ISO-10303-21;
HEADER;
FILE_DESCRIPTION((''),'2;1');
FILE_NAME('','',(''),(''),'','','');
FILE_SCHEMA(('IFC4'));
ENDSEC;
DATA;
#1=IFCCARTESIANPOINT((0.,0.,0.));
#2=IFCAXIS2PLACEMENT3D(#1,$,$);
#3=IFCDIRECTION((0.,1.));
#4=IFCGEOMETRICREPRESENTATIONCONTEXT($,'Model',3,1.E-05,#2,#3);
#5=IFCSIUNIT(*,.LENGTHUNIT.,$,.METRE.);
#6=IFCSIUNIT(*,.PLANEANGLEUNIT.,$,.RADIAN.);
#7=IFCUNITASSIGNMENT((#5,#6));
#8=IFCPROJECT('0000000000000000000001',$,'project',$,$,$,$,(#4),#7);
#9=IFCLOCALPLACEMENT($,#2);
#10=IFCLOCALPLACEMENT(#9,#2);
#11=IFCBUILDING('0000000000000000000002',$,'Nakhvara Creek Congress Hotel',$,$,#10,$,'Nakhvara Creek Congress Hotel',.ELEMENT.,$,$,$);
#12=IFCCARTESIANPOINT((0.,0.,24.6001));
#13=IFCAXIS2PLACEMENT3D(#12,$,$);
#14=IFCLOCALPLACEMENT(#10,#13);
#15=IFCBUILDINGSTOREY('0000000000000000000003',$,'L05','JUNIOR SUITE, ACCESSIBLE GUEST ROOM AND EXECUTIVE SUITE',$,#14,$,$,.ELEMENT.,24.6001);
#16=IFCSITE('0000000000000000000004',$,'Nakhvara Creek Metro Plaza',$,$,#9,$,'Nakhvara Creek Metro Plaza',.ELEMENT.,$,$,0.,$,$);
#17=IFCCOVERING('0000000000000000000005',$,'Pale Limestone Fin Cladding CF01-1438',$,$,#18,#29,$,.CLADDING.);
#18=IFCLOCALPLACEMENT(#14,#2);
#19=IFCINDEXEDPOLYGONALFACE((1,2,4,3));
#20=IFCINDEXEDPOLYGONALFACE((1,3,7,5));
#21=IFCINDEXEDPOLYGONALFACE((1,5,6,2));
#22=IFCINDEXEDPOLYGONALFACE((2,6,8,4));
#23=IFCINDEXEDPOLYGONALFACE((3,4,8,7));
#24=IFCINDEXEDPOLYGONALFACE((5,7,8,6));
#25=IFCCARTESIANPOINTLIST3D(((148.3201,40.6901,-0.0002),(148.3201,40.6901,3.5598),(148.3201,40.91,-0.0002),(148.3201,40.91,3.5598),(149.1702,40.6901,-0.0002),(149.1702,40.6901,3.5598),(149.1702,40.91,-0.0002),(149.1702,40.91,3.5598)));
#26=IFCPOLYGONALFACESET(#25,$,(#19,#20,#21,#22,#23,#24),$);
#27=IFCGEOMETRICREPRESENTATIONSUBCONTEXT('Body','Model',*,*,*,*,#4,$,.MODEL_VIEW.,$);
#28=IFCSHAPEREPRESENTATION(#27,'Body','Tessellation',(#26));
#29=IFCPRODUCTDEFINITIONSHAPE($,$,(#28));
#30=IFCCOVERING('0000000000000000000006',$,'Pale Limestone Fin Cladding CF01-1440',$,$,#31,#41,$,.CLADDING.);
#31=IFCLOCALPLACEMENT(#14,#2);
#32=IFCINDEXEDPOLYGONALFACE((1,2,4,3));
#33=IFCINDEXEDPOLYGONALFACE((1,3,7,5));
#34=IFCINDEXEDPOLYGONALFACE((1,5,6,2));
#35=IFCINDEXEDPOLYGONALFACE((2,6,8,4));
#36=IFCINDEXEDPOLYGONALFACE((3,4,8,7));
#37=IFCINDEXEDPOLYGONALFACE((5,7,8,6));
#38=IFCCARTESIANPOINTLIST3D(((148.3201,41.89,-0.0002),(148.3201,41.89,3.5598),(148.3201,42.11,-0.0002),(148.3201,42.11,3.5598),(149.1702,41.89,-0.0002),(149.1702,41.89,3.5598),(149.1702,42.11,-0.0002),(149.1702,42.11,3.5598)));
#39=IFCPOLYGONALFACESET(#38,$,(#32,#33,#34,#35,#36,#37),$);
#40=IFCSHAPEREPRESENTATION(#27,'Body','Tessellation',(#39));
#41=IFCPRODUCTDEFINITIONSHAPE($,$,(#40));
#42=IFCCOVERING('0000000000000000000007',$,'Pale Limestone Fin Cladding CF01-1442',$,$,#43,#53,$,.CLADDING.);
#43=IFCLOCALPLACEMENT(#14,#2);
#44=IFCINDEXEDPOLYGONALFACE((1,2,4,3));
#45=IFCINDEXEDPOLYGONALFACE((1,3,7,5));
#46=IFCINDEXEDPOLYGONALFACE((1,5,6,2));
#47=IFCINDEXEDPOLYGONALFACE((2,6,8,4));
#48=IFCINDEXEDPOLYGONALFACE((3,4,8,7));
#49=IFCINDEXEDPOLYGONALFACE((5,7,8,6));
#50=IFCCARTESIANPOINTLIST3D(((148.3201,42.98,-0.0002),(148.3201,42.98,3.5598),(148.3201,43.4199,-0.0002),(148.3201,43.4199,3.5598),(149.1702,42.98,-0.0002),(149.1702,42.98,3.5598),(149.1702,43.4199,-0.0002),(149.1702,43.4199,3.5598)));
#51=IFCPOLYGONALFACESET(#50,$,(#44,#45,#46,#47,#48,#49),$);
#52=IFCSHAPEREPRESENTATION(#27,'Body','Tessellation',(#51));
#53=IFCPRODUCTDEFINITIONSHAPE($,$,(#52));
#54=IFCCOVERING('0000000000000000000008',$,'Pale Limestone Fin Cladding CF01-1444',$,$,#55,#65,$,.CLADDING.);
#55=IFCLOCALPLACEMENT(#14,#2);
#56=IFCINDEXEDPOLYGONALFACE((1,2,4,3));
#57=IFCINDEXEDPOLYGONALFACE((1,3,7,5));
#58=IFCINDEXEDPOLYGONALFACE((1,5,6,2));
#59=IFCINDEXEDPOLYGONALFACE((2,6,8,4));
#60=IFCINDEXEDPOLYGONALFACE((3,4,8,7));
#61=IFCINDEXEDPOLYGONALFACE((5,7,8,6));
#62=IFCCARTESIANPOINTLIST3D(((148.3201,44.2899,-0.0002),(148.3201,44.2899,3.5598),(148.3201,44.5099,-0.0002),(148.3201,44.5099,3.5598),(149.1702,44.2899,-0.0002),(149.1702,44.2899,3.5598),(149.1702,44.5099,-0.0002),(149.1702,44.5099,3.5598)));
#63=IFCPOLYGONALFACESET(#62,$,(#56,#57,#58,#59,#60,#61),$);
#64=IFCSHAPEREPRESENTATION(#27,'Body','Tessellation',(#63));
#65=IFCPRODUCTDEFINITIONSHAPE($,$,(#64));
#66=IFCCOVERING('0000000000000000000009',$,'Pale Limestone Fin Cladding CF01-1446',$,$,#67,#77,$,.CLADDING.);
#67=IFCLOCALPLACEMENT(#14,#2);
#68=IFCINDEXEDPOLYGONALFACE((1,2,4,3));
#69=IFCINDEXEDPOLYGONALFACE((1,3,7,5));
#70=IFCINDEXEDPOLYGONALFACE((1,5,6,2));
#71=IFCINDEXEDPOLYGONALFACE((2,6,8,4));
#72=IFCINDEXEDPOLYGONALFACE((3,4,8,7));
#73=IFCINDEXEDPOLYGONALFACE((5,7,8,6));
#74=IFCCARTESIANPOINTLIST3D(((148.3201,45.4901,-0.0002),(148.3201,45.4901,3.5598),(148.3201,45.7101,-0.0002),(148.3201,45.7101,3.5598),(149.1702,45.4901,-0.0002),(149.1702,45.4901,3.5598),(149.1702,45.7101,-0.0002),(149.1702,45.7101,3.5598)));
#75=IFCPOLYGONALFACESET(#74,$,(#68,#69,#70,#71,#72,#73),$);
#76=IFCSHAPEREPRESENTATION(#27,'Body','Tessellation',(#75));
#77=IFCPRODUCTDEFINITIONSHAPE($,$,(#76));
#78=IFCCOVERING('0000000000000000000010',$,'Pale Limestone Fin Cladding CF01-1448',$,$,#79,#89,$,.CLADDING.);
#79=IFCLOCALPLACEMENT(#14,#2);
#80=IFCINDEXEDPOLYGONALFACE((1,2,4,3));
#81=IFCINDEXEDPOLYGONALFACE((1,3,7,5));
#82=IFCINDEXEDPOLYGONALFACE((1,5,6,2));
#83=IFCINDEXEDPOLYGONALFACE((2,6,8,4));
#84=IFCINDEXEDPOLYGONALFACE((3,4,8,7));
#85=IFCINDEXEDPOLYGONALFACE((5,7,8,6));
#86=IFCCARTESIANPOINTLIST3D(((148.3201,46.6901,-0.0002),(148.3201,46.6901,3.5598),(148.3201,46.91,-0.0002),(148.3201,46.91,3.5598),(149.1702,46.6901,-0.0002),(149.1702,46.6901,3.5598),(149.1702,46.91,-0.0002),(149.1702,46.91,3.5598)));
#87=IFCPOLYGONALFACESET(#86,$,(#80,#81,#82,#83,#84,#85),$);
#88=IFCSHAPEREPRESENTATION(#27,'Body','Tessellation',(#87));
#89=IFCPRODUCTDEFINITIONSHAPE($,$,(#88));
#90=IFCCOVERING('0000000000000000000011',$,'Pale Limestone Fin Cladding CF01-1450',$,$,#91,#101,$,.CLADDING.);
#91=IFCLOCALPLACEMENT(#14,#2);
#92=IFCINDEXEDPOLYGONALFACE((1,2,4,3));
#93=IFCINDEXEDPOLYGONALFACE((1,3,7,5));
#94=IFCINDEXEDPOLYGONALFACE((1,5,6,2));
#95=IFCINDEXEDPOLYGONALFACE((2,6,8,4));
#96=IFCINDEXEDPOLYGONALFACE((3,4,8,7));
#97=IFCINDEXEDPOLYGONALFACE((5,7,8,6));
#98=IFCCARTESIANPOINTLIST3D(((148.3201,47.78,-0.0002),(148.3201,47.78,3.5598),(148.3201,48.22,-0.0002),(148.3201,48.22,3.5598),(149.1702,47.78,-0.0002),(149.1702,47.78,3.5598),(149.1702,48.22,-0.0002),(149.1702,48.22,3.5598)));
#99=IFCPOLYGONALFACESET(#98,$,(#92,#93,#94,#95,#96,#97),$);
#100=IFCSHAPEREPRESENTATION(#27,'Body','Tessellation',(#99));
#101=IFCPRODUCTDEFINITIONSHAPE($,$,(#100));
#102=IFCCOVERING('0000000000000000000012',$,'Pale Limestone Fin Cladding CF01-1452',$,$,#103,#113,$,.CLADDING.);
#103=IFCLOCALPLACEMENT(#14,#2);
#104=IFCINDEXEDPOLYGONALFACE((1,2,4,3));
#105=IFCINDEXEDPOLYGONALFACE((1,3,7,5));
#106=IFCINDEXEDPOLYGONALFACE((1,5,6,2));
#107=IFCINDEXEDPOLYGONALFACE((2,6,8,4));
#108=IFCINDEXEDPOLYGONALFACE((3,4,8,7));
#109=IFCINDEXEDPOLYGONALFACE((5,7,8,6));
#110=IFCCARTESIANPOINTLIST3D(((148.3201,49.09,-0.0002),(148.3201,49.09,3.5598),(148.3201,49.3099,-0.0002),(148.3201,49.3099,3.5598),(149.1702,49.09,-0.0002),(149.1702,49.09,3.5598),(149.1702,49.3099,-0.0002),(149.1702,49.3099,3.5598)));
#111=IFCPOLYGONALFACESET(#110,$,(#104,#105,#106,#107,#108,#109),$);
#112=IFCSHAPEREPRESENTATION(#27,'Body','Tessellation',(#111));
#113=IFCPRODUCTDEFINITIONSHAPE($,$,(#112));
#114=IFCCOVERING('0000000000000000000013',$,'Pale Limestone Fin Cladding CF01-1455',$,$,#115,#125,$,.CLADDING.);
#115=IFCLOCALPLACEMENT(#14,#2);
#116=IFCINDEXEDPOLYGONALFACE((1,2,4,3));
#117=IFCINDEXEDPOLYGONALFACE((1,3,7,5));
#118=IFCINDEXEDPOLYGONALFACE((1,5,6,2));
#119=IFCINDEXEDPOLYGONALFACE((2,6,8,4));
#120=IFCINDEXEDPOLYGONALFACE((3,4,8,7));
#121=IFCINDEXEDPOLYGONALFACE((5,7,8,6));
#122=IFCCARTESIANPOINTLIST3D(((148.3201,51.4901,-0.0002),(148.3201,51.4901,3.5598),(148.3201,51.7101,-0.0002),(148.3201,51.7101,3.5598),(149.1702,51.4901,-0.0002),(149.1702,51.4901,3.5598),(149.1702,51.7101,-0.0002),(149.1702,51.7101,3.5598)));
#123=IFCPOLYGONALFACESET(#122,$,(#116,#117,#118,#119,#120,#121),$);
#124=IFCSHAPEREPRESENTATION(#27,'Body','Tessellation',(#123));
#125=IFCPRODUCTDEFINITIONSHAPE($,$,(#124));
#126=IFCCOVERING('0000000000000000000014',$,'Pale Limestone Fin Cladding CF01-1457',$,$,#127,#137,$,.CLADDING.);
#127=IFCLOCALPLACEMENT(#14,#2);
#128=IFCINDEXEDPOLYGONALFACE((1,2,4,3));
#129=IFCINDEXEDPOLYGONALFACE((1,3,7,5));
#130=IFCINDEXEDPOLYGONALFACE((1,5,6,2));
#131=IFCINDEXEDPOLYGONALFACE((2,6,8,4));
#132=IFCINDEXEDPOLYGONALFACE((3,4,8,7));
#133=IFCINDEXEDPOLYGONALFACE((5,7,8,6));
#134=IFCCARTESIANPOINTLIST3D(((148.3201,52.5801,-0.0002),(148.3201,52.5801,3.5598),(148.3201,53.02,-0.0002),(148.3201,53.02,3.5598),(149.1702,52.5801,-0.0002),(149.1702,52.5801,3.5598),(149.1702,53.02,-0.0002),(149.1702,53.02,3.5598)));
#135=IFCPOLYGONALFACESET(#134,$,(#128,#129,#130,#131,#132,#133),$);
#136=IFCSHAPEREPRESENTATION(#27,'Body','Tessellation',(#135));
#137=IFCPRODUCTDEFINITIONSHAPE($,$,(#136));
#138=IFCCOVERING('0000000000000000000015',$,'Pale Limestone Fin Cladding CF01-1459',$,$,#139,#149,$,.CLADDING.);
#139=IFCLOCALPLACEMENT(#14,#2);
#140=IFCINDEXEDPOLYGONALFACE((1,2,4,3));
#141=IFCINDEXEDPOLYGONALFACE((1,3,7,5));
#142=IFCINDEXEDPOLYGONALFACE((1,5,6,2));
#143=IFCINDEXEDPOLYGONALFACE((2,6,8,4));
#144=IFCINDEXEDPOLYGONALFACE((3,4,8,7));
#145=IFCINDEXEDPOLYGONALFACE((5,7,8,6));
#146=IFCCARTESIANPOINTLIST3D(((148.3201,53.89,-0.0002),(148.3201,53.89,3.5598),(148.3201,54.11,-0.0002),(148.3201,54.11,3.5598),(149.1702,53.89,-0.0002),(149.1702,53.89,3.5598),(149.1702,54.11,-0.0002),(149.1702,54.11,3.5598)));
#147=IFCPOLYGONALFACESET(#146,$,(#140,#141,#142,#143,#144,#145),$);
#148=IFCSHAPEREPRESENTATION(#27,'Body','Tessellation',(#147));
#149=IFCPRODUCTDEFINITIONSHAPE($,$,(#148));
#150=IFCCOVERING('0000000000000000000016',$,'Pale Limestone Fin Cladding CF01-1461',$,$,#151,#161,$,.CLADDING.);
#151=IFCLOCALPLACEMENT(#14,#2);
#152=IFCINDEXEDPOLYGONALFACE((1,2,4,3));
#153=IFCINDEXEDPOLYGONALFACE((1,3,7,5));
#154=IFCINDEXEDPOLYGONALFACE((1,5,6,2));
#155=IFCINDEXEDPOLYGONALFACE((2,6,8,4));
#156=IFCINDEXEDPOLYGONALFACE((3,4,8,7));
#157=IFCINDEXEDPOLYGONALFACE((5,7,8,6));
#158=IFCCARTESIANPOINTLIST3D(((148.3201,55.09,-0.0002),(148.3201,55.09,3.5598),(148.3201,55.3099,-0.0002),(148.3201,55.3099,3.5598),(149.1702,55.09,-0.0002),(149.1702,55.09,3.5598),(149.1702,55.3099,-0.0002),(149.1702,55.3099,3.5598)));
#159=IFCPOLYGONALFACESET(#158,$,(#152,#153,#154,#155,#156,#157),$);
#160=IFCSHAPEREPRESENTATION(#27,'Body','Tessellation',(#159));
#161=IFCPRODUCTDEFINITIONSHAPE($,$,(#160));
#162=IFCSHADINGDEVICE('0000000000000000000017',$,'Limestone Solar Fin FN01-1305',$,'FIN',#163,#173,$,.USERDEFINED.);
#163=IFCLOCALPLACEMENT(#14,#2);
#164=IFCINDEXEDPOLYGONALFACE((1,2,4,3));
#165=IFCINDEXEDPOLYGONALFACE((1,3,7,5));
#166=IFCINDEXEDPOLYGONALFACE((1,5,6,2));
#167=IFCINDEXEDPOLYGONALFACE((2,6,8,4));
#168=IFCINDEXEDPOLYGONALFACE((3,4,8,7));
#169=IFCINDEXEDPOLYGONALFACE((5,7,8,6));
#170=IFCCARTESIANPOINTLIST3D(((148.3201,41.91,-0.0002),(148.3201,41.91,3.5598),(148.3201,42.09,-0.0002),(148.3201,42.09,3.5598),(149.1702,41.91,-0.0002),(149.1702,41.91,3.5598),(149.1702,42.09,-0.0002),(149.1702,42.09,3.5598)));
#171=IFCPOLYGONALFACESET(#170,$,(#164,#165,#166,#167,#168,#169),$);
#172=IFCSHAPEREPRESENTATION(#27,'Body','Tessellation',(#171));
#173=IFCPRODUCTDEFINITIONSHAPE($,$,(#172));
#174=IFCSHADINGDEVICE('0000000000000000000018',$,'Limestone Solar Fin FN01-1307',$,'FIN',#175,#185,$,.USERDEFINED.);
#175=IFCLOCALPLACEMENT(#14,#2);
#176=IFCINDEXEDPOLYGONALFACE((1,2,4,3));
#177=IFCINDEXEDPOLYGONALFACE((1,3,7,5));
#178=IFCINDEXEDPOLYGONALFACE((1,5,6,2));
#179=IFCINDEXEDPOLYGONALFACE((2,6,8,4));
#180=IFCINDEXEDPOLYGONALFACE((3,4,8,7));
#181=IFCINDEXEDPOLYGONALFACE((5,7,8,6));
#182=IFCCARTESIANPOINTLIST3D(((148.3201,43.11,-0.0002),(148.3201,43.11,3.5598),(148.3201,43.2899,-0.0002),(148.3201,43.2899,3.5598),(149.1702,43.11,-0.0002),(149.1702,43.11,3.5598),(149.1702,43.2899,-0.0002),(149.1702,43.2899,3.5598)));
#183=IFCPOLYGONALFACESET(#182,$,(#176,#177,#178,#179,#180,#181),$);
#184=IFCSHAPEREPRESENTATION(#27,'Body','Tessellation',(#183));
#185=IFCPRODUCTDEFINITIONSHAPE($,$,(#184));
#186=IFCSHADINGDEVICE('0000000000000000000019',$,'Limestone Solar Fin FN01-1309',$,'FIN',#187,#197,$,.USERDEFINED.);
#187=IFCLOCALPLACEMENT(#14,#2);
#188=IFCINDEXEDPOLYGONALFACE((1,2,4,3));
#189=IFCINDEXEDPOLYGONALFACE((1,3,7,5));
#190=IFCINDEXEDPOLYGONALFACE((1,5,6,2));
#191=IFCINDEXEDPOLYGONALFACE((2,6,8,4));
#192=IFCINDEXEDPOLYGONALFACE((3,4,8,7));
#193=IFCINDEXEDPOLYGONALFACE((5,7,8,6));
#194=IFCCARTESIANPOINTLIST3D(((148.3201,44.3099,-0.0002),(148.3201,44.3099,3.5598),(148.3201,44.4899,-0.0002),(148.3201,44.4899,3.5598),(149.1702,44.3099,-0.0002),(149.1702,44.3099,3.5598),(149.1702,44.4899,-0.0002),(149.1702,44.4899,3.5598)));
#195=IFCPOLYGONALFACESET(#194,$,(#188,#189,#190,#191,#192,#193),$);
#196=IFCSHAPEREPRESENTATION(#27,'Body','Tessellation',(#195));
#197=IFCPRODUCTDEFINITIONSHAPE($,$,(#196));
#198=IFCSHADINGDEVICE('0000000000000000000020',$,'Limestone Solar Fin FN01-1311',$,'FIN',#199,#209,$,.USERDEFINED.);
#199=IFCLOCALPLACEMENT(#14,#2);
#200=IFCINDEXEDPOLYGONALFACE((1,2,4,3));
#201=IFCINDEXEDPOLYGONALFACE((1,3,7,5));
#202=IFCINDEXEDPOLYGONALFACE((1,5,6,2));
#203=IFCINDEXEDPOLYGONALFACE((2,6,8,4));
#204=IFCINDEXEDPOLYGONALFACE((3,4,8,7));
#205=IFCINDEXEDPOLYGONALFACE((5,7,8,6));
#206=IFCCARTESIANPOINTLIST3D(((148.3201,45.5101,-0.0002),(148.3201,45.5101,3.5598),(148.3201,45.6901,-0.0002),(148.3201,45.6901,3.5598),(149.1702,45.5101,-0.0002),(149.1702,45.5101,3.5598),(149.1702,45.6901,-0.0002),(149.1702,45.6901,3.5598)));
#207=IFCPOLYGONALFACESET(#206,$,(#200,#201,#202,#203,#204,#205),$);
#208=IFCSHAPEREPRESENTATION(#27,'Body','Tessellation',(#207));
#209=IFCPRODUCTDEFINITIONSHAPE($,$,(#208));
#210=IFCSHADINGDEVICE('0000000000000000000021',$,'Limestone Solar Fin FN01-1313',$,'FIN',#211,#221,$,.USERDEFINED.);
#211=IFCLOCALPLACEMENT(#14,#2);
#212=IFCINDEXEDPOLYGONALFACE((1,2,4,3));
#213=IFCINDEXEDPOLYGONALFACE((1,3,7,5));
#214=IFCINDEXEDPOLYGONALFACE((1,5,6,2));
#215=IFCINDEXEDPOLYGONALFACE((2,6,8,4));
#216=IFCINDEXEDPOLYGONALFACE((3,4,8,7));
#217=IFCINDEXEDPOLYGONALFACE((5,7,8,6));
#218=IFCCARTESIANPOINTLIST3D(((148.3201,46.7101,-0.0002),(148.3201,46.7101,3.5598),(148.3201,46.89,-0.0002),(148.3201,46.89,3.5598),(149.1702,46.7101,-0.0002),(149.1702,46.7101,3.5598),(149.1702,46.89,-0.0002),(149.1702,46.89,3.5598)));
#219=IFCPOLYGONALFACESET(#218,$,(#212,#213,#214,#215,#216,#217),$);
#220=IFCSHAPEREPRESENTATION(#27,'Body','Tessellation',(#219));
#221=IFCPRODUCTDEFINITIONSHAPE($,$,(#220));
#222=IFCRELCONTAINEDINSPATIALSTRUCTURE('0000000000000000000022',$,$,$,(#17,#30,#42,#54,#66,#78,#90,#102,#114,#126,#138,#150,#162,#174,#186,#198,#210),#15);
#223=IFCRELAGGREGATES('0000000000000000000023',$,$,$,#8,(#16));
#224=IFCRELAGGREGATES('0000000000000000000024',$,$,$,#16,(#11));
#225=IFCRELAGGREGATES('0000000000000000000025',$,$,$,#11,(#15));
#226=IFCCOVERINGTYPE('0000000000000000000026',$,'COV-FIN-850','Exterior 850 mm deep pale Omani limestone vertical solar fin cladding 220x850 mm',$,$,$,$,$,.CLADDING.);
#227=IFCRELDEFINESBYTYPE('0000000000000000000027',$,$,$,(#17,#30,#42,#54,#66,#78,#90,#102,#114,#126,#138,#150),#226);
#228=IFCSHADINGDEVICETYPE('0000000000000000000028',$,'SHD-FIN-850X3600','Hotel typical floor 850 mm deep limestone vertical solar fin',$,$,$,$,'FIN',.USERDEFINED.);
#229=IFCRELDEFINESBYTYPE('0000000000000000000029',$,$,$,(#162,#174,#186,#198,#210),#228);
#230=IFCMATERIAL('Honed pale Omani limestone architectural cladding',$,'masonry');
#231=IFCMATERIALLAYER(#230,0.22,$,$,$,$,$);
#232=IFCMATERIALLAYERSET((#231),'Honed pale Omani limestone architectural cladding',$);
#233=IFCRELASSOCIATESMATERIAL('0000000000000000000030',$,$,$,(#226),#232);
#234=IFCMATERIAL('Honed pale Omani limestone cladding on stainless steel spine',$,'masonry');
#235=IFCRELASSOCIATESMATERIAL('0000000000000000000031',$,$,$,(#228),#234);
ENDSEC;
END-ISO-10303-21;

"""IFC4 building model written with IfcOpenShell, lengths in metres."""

from ifc_helpers import new_model, si_unit, direction, frame, origin, origin_2d, place, context, subcontext, project, spatial, rectangle, extrude, material, layer, layer_set, type_object, element, save


model = new_model("IFC4")

# Units and contexts
model_context = context("Model", 3, precision=1e-05, world=origin(), true_north=direction((0.0, 1.0)))
body_context = subcontext(model_context, "Body", "Model", "MODEL_VIEW")
ifc_project = project(units=[si_unit("LENGTHUNIT", "METRE"), si_unit("PLANEANGLEUNIT", "RADIAN")], contexts=[model_context])

# Site, building, storey
site_placement = place(None, origin())
site = spatial("IfcSite", under=ifc_project, at=site_placement, Name="Nakhvara Creek Metro Plaza", LongName="Nakhvara Creek Metro Plaza", CompositionType="ELEMENT", RefElevation=0.0)
building_placement = place(site_placement, origin())
building = spatial("IfcBuilding", under=site, at=building_placement, Name="Nakhvara Creek Congress Hotel", LongName="Nakhvara Creek Congress Hotel", CompositionType="ELEMENT")
storey_placement = place(building_placement, frame((0.0, 0.0, 24.6001)))
storey = spatial("IfcBuildingStorey", under=building, at=storey_placement, Name="L05", Description="JUNIOR SUITE, ACCESSIBLE GUEST ROOM AND EXECUTIVE SUITE", CompositionType="ELEMENT", Elevation=24.6001)

# Coverings
ifc_material_1 = material(Name="Honed pale Omani limestone architectural cladding", Category="masonry")
ifc_layer = layer(ifc_material_1, 0.22)
ifc_layer_set = layer_set([ifc_layer], Name="Honed pale Omani limestone architectural cladding")
covering_type = type_object("IfcCoveringType", Name="COV-FIN-850", Description="Exterior 850 mm deep pale Omani limestone vertical solar fin cladding 220x850 mm", PredefinedType="CLADDING", material=ifc_layer_set)
for number, where, z_axis, x_axis, name in (
    (1, (148.7451, 40.8, -0.0002), (0.0, 0.0, 1.0), (0.0, 1.0, 0.0), "Pale Limestone Fin Cladding CF01-1438"),
    (2, (148.7451, 42.0, -0.0002), (0.0, 0.0, 1.0), (0.0, 1.0, 0.0), "Pale Limestone Fin Cladding CF01-1440"),
):
    element("IfcCovering", number, at=place(storey_placement, frame(where, z_axis=z_axis, x_axis=x_axis)), inside=storey, type_object=covering_type, Name=name, PredefinedType="CLADDING", context=body_context, shape_type="SweptSolid", body=[
        extrude(rectangle(XDim=0.22, YDim=0.8501, at=origin_2d()), origin(), (0.0, 0.0, 1.0), 3.5601),
    ])
covering_1_placement = place(storey_placement, frame((148.7451, 43.2, -0.0002), z_axis=(0.0, 0.0, 1.0), x_axis=(0.0, 1.0, 0.0)))
element("IfcCovering", 3, at=covering_1_placement, inside=storey, type_object=covering_type, Name="Pale Limestone Fin Cladding CF01-1442", PredefinedType="CLADDING", context=body_context, shape_type="SweptSolid", body=[
    extrude(rectangle(XDim=0.4399, YDim=0.8501, at=origin_2d()), origin(), (0.0, 0.0, 1.0), 3.5601),
])
for number, where, z_axis, x_axis, name in (
    (4, (148.7451, 44.3999, -0.0002), (0.0, 0.0, 1.0), (0.0, 1.0, 0.0), "Pale Limestone Fin Cladding CF01-1444"),
    (5, (148.7451, 45.6001, -0.0002), (0.0, 0.0, 1.0), (0.0, 1.0, 0.0), "Pale Limestone Fin Cladding CF01-1446"),
    (6, (148.7451, 46.8, -0.0002), (0.0, 0.0, 1.0), (0.0, 1.0, 0.0), "Pale Limestone Fin Cladding CF01-1448"),
):
    element("IfcCovering", number, at=place(storey_placement, frame(where, z_axis=z_axis, x_axis=x_axis)), inside=storey, type_object=covering_type, Name=name, PredefinedType="CLADDING", context=body_context, shape_type="SweptSolid", body=[
        extrude(rectangle(XDim=0.22, YDim=0.8501, at=origin_2d()), origin(), (0.0, 0.0, 1.0), 3.5601),
    ])
covering_2_placement = place(storey_placement, frame((148.7451, 48.0, -0.0002), z_axis=(0.0, 0.0, 1.0), x_axis=(0.0, 1.0, 0.0)))
element("IfcCovering", 7, at=covering_2_placement, inside=storey, type_object=covering_type, Name="Pale Limestone Fin Cladding CF01-1450", PredefinedType="CLADDING", context=body_context, shape_type="SweptSolid", body=[
    extrude(rectangle(XDim=0.4399, YDim=0.8501, at=origin_2d()), origin(), (0.0, 0.0, 1.0), 3.5601),
])
for number, where, z_axis, x_axis, name in (
    (8, (148.7451, 49.2, -0.0002), (0.0, 0.0, 1.0), (0.0, 1.0, 0.0), "Pale Limestone Fin Cladding CF01-1452"),
    (9, (148.7451, 51.6001, -0.0002), (0.0, 0.0, 1.0), (0.0, 1.0, 0.0), "Pale Limestone Fin Cladding CF01-1455"),
):
    element("IfcCovering", number, at=place(storey_placement, frame(where, z_axis=z_axis, x_axis=x_axis)), inside=storey, type_object=covering_type, Name=name, PredefinedType="CLADDING", context=body_context, shape_type="SweptSolid", body=[
        extrude(rectangle(XDim=0.22, YDim=0.8501, at=origin_2d()), origin(), (0.0, 0.0, 1.0), 3.5601),
    ])
covering_3_placement = place(storey_placement, frame((148.7451, 52.8, -0.0002), z_axis=(0.0, 0.0, 1.0), x_axis=(0.0, 1.0, 0.0)))
element("IfcCovering", 10, at=covering_3_placement, inside=storey, type_object=covering_type, Name="Pale Limestone Fin Cladding CF01-1457", PredefinedType="CLADDING", context=body_context, shape_type="SweptSolid", body=[
    extrude(rectangle(XDim=0.4399, YDim=0.8501, at=origin_2d()), origin(), (0.0, 0.0, 1.0), 3.5601),
])
for number, where, z_axis, x_axis, name in (
    (11, (148.7451, 54.0, -0.0002), (0.0, 0.0, 1.0), (0.0, 1.0, 0.0), "Pale Limestone Fin Cladding CF01-1459"),
    (12, (148.7451, 55.2, -0.0002), (0.0, 0.0, 1.0), (0.0, 1.0, 0.0), "Pale Limestone Fin Cladding CF01-1461"),
):
    element("IfcCovering", number, at=place(storey_placement, frame(where, z_axis=z_axis, x_axis=x_axis)), inside=storey, type_object=covering_type, Name=name, PredefinedType="CLADDING", context=body_context, shape_type="SweptSolid", body=[
        extrude(rectangle(XDim=0.22, YDim=0.8501, at=origin_2d()), origin(), (0.0, 0.0, 1.0), 3.5601),
    ])

# Shading devices
ifc_material_2 = material(Name="Honed pale Omani limestone cladding on stainless steel spine", Category="masonry")
shading_device_type = type_object("IfcShadingDeviceType", Name="SHD-FIN-850X3600", Description="Hotel typical floor 850 mm deep limestone vertical solar fin", ElementType="FIN", PredefinedType="USERDEFINED", material=ifc_material_2)
for number, where, z_axis, x_axis, name in (
    (13, (148.7451, 42.0, -0.0002), (0.0, 0.0, 1.0), (0.0, 1.0, 0.0), "Limestone Solar Fin FN01-1305"),
    (14, (148.7451, 43.2, -0.0002), (0.0, 0.0, 1.0), (0.0, 1.0, 0.0), "Limestone Solar Fin FN01-1307"),
    (15, (148.7451, 44.3999, -0.0002), (0.0, 0.0, 1.0), (0.0, 1.0, 0.0), "Limestone Solar Fin FN01-1309"),
    (16, (148.7451, 45.6001, -0.0002), (0.0, 0.0, 1.0), (0.0, 1.0, 0.0), "Limestone Solar Fin FN01-1311"),
    (17, (148.7451, 46.8, -0.0002), (0.0, 0.0, 1.0), (0.0, 1.0, 0.0), "Limestone Solar Fin FN01-1313"),
):
    element("IfcShadingDevice", number, at=place(storey_placement, frame(where, z_axis=z_axis, x_axis=x_axis)), inside=storey, type_object=shading_device_type, Name=name, ObjectType="FIN", PredefinedType="USERDEFINED", context=body_context, shape_type="SweptSolid", body=[
        extrude(rectangle(XDim=0.1799, YDim=0.8501, at=origin_2d()), origin(), (0.0, 0.0, 1.0), 3.5601),
    ])

save(model, "model.ifc")
